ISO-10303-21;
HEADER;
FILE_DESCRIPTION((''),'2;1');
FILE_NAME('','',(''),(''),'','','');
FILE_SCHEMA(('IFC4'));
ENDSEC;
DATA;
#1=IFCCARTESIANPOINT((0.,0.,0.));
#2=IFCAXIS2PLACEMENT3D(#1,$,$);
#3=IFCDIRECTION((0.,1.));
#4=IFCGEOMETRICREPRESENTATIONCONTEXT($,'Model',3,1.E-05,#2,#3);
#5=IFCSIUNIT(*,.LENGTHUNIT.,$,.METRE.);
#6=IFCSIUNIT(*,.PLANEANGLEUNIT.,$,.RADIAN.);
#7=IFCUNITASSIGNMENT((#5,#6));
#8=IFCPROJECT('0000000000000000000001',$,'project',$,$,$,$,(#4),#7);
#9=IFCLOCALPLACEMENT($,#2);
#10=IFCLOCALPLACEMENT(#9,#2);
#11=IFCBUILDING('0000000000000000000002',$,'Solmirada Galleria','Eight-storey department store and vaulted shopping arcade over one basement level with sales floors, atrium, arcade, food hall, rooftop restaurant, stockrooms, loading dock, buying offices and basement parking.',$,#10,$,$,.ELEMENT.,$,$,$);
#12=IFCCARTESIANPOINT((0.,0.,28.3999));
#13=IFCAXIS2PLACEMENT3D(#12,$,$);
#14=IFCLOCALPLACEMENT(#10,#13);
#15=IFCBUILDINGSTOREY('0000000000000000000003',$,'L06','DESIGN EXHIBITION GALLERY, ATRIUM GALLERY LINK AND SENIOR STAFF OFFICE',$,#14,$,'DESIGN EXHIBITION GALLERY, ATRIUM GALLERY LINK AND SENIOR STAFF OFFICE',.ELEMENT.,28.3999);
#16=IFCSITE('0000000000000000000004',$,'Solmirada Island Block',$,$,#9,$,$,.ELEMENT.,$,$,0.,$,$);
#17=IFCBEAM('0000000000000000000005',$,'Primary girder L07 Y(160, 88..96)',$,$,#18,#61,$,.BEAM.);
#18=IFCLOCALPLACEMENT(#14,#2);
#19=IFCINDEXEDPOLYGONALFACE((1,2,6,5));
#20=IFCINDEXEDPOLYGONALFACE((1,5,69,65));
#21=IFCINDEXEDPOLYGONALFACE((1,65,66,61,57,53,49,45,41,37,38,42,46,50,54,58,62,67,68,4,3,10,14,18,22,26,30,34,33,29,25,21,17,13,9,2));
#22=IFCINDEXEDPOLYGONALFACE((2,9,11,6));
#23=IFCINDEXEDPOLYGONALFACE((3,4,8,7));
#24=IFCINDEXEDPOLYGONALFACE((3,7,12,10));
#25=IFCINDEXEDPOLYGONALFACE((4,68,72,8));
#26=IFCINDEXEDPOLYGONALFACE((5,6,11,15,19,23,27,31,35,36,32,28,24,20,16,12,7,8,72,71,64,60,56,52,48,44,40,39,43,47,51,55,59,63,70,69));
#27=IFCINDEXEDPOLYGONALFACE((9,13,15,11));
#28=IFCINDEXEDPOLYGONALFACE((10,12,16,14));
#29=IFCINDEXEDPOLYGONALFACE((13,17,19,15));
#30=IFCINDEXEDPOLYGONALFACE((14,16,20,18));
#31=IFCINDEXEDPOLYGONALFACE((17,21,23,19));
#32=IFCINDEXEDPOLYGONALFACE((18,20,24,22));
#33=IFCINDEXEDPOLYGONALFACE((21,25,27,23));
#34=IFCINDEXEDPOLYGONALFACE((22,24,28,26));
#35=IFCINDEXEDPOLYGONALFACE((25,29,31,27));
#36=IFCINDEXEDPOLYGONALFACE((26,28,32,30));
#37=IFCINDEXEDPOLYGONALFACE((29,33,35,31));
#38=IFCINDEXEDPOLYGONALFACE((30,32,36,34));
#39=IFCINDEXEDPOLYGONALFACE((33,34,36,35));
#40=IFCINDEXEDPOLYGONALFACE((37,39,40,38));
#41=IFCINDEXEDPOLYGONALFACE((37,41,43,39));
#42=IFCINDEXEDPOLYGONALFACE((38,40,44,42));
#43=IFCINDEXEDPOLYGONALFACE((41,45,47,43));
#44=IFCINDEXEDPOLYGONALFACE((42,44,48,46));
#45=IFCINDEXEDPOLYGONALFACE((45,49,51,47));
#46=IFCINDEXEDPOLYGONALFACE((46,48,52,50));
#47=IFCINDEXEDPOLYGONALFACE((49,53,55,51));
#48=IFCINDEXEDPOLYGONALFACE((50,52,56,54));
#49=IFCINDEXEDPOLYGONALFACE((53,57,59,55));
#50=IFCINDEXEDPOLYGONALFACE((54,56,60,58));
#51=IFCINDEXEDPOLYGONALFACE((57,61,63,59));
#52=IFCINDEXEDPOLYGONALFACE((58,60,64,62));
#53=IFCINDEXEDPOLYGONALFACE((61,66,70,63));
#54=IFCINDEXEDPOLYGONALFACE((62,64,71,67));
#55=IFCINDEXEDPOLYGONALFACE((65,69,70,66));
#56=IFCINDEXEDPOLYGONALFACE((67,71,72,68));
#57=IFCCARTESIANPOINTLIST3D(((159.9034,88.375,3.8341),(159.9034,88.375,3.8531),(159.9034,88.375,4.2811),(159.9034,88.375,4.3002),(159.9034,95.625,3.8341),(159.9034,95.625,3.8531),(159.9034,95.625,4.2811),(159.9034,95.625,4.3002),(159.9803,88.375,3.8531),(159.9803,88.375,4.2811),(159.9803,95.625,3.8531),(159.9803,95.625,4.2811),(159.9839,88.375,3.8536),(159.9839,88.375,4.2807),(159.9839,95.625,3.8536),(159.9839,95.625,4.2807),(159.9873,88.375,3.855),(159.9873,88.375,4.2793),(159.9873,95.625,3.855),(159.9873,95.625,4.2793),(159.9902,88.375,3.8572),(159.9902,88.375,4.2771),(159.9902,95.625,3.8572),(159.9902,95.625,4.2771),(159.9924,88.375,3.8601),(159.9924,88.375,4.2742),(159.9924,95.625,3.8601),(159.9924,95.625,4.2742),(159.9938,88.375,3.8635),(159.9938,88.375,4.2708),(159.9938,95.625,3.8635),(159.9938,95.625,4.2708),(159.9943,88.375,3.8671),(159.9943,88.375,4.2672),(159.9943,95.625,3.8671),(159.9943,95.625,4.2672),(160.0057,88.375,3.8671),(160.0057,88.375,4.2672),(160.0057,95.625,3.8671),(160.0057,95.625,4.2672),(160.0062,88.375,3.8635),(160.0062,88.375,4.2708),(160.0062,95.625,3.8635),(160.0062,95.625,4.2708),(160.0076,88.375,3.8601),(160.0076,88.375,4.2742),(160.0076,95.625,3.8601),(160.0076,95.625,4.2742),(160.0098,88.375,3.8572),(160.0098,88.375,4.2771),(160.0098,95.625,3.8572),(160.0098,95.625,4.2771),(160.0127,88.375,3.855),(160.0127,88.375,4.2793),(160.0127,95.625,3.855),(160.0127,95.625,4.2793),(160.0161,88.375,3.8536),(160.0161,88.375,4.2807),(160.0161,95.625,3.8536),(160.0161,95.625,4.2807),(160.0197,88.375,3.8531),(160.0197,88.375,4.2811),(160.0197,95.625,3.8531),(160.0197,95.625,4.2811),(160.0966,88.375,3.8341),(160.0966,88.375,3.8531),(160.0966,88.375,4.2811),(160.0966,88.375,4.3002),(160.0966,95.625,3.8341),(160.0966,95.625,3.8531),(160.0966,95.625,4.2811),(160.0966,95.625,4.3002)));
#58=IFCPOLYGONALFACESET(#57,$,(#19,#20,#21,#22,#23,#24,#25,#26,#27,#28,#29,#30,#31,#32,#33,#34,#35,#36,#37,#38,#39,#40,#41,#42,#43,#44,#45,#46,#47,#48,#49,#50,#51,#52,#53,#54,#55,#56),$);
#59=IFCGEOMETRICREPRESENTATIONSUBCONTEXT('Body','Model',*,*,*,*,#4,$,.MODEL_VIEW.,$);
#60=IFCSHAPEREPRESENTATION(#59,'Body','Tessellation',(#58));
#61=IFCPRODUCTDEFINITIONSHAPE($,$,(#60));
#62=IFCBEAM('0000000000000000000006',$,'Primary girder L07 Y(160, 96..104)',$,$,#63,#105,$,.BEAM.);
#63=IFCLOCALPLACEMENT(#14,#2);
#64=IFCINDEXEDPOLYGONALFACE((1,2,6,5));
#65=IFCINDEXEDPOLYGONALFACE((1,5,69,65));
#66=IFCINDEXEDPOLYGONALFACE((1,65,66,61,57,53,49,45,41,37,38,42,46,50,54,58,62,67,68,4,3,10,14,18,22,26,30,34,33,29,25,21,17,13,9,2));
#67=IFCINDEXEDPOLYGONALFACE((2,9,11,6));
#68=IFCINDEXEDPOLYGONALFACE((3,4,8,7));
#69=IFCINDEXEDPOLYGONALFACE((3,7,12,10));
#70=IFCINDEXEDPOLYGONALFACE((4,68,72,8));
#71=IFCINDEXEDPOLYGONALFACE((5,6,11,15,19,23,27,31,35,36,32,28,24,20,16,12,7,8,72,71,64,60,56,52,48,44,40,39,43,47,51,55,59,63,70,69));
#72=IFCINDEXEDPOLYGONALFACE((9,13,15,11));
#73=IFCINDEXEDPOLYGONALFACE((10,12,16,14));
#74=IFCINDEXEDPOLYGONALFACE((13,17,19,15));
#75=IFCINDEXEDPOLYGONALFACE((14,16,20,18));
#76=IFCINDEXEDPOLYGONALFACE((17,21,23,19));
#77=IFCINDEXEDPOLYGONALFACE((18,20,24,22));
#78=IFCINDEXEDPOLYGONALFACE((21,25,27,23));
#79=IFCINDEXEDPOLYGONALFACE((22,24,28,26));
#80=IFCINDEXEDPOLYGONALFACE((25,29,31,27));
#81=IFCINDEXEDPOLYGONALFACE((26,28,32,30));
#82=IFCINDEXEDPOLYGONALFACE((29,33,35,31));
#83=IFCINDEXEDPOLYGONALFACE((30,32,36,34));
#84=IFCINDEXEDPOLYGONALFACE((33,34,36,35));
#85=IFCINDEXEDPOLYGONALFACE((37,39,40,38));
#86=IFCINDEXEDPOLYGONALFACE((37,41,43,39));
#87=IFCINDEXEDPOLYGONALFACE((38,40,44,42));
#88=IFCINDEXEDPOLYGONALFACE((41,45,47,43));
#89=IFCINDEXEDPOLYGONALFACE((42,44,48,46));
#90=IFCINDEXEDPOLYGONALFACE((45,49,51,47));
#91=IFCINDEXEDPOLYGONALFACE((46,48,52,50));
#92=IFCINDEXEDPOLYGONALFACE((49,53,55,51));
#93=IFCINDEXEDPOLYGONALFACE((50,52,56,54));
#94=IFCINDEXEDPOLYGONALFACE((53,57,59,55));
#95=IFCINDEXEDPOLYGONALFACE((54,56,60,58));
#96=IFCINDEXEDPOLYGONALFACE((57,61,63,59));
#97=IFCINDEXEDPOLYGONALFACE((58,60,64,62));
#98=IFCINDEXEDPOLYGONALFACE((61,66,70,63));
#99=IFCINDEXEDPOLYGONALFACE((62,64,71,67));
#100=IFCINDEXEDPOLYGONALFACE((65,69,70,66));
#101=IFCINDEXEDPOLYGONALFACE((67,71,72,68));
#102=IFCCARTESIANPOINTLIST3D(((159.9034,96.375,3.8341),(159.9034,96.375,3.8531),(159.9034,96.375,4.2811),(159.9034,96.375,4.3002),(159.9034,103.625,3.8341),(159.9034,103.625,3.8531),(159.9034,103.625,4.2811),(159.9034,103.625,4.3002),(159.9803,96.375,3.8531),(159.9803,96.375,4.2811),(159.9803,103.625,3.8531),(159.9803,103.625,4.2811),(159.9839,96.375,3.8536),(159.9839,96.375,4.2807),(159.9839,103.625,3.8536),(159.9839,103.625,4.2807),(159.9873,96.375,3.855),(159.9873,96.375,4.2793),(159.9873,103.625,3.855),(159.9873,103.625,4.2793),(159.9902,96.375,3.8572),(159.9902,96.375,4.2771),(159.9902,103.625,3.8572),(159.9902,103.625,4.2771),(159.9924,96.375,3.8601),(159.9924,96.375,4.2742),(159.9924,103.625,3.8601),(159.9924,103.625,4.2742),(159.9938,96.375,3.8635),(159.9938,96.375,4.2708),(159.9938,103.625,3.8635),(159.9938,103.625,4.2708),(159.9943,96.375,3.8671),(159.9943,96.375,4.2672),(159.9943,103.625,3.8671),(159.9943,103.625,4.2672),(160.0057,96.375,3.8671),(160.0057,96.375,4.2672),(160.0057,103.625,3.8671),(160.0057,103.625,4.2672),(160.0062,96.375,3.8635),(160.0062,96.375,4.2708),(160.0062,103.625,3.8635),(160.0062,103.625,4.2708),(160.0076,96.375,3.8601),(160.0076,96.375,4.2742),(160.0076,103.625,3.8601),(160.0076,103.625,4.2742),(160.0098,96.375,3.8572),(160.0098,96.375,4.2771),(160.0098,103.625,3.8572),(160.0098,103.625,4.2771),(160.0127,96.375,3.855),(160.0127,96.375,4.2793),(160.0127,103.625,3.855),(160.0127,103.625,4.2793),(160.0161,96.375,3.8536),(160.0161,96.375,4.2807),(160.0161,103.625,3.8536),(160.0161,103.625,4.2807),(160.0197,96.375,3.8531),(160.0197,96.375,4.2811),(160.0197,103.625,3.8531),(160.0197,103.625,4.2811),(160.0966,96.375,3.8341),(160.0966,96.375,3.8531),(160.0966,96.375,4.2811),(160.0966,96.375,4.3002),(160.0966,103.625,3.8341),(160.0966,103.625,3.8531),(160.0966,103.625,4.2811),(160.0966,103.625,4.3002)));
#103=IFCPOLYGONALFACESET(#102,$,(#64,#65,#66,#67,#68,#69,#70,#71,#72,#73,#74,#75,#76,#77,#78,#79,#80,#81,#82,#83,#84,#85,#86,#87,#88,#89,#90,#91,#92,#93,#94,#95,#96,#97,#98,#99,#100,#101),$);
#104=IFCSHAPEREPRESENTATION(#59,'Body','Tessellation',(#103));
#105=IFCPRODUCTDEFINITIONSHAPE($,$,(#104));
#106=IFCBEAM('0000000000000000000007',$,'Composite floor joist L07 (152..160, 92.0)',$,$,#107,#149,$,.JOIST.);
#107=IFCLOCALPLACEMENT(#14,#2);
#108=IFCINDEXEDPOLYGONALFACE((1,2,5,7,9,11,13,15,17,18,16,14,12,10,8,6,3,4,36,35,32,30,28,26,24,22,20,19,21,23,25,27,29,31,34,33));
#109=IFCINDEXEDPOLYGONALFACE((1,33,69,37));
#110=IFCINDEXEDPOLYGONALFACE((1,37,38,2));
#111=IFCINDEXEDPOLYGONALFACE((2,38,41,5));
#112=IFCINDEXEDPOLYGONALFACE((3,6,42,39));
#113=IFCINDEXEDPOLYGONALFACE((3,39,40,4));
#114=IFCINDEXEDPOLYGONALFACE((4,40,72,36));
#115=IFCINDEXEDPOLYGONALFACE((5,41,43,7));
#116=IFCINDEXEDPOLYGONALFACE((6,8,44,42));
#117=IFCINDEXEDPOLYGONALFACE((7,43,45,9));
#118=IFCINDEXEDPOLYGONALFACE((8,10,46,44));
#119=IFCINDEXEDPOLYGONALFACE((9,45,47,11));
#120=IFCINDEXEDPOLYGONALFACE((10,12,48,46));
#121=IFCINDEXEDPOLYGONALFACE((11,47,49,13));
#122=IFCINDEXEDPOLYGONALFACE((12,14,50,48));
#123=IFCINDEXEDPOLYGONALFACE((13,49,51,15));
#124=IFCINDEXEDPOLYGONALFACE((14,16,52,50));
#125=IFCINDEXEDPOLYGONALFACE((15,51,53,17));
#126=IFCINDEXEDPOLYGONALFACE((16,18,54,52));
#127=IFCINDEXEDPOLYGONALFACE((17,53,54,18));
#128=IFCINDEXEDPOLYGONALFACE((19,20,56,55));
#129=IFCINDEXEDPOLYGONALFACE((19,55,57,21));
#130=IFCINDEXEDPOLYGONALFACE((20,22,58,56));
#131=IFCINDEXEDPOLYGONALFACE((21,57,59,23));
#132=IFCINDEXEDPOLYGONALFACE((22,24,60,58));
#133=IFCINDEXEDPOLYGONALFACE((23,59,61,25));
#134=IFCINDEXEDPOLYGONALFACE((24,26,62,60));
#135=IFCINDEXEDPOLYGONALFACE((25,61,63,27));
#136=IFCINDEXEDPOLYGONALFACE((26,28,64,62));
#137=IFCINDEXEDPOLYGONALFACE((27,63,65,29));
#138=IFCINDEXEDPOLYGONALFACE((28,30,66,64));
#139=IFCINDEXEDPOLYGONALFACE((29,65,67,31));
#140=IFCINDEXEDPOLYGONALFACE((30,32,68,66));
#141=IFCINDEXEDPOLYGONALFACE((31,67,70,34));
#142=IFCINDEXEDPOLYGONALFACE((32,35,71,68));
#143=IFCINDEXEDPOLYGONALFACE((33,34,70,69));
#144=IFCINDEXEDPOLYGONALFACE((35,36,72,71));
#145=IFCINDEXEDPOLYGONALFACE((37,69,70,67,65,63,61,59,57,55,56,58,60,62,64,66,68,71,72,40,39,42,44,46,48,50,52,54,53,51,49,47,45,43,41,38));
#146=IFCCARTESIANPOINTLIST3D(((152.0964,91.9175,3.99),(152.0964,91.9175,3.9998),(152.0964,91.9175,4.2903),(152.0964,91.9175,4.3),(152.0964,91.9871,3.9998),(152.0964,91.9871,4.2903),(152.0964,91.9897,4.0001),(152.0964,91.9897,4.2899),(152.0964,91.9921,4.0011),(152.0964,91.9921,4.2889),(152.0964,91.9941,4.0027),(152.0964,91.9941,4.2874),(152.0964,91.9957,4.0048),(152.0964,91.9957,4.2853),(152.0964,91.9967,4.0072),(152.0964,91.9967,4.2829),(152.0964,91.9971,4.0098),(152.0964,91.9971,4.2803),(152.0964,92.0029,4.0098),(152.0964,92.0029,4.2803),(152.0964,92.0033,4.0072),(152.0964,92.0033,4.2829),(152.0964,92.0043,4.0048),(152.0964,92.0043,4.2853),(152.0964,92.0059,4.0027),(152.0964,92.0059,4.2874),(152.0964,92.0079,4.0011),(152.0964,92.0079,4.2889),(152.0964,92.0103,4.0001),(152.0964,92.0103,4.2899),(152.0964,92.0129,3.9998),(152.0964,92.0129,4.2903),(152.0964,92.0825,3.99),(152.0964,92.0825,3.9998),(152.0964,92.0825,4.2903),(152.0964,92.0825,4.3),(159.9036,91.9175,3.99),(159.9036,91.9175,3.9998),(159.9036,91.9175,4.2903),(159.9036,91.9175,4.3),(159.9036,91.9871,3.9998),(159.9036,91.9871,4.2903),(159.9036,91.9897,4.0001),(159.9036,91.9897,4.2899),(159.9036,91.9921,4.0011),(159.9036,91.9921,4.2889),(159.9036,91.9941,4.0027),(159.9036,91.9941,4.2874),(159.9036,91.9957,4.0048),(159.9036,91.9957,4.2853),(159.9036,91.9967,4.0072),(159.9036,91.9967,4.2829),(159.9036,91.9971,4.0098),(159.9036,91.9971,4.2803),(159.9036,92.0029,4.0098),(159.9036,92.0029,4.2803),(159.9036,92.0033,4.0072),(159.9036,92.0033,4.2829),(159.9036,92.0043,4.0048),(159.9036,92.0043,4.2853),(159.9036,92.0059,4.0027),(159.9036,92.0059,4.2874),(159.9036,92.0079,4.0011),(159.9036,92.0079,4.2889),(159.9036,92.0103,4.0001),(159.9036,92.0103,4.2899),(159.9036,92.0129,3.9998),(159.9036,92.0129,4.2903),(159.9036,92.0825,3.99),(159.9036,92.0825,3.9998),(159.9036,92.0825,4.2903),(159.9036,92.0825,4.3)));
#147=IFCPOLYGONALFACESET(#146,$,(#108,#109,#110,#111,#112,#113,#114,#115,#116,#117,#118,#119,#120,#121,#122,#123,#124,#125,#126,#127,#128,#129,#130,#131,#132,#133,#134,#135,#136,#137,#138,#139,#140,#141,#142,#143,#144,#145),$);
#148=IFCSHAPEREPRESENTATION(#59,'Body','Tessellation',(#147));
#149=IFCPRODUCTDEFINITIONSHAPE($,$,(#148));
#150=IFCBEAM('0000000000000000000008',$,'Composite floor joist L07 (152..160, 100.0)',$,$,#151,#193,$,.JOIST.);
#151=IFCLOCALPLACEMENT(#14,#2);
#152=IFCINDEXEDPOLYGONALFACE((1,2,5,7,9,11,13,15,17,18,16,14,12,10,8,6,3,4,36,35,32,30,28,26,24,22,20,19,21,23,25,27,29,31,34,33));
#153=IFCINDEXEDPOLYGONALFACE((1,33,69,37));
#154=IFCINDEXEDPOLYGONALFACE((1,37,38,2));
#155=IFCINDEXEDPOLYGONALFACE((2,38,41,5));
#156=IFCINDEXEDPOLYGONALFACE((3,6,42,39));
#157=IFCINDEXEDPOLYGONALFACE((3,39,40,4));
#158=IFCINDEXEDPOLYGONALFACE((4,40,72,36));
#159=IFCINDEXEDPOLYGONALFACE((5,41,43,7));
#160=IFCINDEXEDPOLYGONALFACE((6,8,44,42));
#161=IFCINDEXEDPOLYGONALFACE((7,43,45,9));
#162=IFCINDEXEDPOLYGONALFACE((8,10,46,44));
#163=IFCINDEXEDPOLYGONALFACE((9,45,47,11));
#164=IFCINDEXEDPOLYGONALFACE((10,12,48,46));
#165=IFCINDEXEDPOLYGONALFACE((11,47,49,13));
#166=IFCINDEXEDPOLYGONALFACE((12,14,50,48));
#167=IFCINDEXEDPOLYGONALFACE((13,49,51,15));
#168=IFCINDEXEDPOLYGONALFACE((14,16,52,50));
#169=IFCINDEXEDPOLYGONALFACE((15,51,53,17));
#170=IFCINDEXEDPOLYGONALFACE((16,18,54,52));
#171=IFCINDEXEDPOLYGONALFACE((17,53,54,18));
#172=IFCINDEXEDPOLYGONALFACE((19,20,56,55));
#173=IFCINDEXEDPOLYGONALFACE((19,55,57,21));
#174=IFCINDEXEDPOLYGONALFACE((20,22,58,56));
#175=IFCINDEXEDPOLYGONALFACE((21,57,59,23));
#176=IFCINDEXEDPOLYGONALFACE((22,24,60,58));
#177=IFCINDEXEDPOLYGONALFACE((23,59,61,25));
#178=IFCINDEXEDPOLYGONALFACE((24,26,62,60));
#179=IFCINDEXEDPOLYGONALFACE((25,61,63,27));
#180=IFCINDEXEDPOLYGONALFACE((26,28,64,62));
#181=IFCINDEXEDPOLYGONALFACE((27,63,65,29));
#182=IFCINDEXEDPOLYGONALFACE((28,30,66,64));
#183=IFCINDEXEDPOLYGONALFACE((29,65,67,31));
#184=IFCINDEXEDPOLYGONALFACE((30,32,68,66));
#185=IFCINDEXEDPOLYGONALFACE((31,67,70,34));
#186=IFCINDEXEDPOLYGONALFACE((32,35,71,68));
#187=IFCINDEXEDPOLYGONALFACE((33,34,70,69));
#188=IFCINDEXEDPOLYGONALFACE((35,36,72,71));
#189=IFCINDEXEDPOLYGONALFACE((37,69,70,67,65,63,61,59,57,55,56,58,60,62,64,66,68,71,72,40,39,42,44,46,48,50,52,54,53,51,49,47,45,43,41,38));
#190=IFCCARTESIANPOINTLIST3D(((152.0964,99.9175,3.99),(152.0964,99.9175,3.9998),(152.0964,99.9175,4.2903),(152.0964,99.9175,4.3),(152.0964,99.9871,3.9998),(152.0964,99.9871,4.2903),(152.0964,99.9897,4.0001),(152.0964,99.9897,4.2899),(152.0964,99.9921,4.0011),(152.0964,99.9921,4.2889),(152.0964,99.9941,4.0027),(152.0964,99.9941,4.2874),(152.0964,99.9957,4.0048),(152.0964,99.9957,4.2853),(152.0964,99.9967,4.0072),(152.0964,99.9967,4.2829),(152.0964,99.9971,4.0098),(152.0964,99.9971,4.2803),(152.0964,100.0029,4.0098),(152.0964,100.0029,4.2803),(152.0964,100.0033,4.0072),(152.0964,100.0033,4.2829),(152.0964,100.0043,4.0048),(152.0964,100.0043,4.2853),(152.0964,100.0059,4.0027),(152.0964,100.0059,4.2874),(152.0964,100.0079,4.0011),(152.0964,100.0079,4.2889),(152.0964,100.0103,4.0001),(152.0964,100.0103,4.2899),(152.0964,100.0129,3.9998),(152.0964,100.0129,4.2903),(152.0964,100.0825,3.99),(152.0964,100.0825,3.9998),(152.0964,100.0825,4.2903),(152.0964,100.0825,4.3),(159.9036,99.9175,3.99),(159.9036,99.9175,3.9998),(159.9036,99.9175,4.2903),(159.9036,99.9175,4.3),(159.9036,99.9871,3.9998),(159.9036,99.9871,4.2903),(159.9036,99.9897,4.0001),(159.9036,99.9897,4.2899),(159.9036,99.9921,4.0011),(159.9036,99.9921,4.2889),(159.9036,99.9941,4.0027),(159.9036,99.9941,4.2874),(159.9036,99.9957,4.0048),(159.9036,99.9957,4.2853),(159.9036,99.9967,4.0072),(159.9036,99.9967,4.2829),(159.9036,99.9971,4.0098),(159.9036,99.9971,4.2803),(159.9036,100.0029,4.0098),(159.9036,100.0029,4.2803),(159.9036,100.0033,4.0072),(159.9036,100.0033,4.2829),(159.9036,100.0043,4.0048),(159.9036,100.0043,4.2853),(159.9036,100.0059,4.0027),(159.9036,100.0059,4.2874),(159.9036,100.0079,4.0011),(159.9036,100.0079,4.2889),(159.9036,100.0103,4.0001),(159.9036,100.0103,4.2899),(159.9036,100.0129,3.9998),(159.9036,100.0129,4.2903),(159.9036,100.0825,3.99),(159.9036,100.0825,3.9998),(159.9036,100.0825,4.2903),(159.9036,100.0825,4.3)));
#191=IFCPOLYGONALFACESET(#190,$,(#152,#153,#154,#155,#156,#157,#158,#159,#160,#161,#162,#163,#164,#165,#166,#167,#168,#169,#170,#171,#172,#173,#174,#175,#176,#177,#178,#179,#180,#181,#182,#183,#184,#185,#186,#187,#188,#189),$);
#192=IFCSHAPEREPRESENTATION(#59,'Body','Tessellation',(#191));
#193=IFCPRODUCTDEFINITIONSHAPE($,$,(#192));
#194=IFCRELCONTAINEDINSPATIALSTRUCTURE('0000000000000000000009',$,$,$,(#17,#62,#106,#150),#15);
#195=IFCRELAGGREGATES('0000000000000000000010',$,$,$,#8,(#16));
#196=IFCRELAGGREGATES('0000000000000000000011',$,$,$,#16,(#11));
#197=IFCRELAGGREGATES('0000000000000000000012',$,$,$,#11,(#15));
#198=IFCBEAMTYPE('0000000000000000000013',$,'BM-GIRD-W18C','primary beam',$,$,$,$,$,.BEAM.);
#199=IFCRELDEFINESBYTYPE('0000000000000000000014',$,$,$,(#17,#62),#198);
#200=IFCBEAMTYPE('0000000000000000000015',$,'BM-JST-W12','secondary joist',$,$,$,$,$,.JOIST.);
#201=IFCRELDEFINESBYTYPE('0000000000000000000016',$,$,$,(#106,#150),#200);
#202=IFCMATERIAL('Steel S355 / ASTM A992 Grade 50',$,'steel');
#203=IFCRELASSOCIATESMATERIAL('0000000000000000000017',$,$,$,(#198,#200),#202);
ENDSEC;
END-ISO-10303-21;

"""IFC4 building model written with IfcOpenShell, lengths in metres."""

from ifc_helpers import new_model, si_unit, direction, frame, origin, origin_2d, place, context, subcontext, project, spatial, i_section, extrude, material, material_profile, profile_set, type_object, element, save


model = new_model("IFC4")

# Units and contexts
model_context = context("Model", 3, precision=1e-05, world=origin(), true_north=direction((0.0, 1.0)))
body_context = subcontext(model_context, "Body", "Model", "MODEL_VIEW")
ifc_project = project(units=[si_unit("LENGTHUNIT", "METRE"), si_unit("PLANEANGLEUNIT", "RADIAN")], contexts=[model_context])

# Site, building, storey
site_placement = place(None, origin())
site = spatial("IfcSite", under=ifc_project, at=site_placement, Name="Solmirada Island Block", CompositionType="ELEMENT", RefElevation=0.0)
building_placement = place(site_placement, origin())
building = spatial("IfcBuilding", under=site, at=building_placement, Name="Solmirada Galleria", Description="Eight-storey department store and vaulted shopping arcade over one basement level with sales floors, atrium, arcade, food hall, rooftop restaurant, stockrooms, loading dock, buying offices and basement parking.", CompositionType="ELEMENT")
storey_placement = place(building_placement, frame((0.0, 0.0, 28.3999)))
storey = spatial("IfcBuildingStorey", under=building, at=storey_placement, Name="L06", Description="DESIGN EXHIBITION GALLERY, ATRIUM GALLERY LINK AND SENIOR STAFF OFFICE", LongName="DESIGN EXHIBITION GALLERY, ATRIUM GALLERY LINK AND SENIOR STAFF OFFICE", CompositionType="ELEMENT", Elevation=28.3999)

# Beams
ifc_material_1 = material(Name="Steel S355 / ASTM A992 Grade 50", Category="steel")
ifc_material_profile_1 = material_profile(ifc_material_1, i_section(OverallWidth=0.1931, OverallDepth=0.4661, WebThickness=0.0115, FlangeThickness=0.019, FilletRadius=0.0139, at=origin_2d()), Name="W18X65")
ifc_profile_set_1 = profile_set([ifc_material_profile_1], Name="Steel S355 / ASTM A992 Grade 50")
beam_type_1 = type_object("IfcBeamType", Name="BM-GIRD-W18C", Description="primary beam", PredefinedType="BEAM", material=ifc_profile_set_1)
for number, where, z_axis, x_axis, name in (
    (1, (160.0, 88.375, 4.0671), (0.0, 1.0, 0.0), (-1.0, 0.0, 0.0), "Primary girder L07 Y(160, 88..96)"),
    (2, (160.0, 96.375, 4.0671), (0.0, 1.0, 0.0), (-1.0, 0.0, 0.0), "Primary girder L07 Y(160, 96..104)"),
):
    element("IfcBeam", number, at=place(storey_placement, frame(where, z_axis=z_axis, x_axis=x_axis)), inside=storey, type_object=beam_type_1, Name=name, PredefinedType="BEAM", context=body_context, shape_type="SweptSolid", body=[
        extrude(i_section(OverallWidth=0.1931, OverallDepth=0.4661, WebThickness=0.0115, FlangeThickness=0.019, FilletRadius=0.0139, at=origin_2d()), origin(), (0.0, 0.0, 1.0), 7.25),
    ])
ifc_material_profile_2 = material_profile(ifc_material_1, i_section(OverallWidth=0.165, OverallDepth=0.3101, WebThickness=0.0059, FlangeThickness=0.0098, FilletRadius=0.01, at=origin_2d()), Name="W12X26")
ifc_profile_set_2 = profile_set([ifc_material_profile_2], Name="Steel S355 / ASTM A992 Grade 50")
beam_type_2 = type_object("IfcBeamType", Name="BM-JST-W12", Description="secondary joist", PredefinedType="JOIST", material=ifc_profile_set_2)
for number, where, z_axis, x_axis, name in (
    (3, (152.0964, 92.0, 4.145), (1.0, 0.0, 0.0), (0.0, 1.0, 0.0), "Composite floor joist L07 (152..160, 92.0)"),
    (4, (152.0964, 100.0, 4.145), (1.0, 0.0, 0.0), (0.0, 1.0, 0.0), "Composite floor joist L07 (152..160, 100.0)"),
):
    element("IfcBeam", number, at=place(storey_placement, frame(where, z_axis=z_axis, x_axis=x_axis)), inside=storey, type_object=beam_type_2, Name=name, PredefinedType="JOIST", context=body_context, shape_type="SweptSolid", body=[
        extrude(i_section(OverallWidth=0.165, OverallDepth=0.3101, WebThickness=0.0059, FlangeThickness=0.0098, FilletRadius=0.01, at=origin_2d()), origin(), (0.0, 0.0, 1.0), 7.8071),
    ])

save(model, "model.ifc")
